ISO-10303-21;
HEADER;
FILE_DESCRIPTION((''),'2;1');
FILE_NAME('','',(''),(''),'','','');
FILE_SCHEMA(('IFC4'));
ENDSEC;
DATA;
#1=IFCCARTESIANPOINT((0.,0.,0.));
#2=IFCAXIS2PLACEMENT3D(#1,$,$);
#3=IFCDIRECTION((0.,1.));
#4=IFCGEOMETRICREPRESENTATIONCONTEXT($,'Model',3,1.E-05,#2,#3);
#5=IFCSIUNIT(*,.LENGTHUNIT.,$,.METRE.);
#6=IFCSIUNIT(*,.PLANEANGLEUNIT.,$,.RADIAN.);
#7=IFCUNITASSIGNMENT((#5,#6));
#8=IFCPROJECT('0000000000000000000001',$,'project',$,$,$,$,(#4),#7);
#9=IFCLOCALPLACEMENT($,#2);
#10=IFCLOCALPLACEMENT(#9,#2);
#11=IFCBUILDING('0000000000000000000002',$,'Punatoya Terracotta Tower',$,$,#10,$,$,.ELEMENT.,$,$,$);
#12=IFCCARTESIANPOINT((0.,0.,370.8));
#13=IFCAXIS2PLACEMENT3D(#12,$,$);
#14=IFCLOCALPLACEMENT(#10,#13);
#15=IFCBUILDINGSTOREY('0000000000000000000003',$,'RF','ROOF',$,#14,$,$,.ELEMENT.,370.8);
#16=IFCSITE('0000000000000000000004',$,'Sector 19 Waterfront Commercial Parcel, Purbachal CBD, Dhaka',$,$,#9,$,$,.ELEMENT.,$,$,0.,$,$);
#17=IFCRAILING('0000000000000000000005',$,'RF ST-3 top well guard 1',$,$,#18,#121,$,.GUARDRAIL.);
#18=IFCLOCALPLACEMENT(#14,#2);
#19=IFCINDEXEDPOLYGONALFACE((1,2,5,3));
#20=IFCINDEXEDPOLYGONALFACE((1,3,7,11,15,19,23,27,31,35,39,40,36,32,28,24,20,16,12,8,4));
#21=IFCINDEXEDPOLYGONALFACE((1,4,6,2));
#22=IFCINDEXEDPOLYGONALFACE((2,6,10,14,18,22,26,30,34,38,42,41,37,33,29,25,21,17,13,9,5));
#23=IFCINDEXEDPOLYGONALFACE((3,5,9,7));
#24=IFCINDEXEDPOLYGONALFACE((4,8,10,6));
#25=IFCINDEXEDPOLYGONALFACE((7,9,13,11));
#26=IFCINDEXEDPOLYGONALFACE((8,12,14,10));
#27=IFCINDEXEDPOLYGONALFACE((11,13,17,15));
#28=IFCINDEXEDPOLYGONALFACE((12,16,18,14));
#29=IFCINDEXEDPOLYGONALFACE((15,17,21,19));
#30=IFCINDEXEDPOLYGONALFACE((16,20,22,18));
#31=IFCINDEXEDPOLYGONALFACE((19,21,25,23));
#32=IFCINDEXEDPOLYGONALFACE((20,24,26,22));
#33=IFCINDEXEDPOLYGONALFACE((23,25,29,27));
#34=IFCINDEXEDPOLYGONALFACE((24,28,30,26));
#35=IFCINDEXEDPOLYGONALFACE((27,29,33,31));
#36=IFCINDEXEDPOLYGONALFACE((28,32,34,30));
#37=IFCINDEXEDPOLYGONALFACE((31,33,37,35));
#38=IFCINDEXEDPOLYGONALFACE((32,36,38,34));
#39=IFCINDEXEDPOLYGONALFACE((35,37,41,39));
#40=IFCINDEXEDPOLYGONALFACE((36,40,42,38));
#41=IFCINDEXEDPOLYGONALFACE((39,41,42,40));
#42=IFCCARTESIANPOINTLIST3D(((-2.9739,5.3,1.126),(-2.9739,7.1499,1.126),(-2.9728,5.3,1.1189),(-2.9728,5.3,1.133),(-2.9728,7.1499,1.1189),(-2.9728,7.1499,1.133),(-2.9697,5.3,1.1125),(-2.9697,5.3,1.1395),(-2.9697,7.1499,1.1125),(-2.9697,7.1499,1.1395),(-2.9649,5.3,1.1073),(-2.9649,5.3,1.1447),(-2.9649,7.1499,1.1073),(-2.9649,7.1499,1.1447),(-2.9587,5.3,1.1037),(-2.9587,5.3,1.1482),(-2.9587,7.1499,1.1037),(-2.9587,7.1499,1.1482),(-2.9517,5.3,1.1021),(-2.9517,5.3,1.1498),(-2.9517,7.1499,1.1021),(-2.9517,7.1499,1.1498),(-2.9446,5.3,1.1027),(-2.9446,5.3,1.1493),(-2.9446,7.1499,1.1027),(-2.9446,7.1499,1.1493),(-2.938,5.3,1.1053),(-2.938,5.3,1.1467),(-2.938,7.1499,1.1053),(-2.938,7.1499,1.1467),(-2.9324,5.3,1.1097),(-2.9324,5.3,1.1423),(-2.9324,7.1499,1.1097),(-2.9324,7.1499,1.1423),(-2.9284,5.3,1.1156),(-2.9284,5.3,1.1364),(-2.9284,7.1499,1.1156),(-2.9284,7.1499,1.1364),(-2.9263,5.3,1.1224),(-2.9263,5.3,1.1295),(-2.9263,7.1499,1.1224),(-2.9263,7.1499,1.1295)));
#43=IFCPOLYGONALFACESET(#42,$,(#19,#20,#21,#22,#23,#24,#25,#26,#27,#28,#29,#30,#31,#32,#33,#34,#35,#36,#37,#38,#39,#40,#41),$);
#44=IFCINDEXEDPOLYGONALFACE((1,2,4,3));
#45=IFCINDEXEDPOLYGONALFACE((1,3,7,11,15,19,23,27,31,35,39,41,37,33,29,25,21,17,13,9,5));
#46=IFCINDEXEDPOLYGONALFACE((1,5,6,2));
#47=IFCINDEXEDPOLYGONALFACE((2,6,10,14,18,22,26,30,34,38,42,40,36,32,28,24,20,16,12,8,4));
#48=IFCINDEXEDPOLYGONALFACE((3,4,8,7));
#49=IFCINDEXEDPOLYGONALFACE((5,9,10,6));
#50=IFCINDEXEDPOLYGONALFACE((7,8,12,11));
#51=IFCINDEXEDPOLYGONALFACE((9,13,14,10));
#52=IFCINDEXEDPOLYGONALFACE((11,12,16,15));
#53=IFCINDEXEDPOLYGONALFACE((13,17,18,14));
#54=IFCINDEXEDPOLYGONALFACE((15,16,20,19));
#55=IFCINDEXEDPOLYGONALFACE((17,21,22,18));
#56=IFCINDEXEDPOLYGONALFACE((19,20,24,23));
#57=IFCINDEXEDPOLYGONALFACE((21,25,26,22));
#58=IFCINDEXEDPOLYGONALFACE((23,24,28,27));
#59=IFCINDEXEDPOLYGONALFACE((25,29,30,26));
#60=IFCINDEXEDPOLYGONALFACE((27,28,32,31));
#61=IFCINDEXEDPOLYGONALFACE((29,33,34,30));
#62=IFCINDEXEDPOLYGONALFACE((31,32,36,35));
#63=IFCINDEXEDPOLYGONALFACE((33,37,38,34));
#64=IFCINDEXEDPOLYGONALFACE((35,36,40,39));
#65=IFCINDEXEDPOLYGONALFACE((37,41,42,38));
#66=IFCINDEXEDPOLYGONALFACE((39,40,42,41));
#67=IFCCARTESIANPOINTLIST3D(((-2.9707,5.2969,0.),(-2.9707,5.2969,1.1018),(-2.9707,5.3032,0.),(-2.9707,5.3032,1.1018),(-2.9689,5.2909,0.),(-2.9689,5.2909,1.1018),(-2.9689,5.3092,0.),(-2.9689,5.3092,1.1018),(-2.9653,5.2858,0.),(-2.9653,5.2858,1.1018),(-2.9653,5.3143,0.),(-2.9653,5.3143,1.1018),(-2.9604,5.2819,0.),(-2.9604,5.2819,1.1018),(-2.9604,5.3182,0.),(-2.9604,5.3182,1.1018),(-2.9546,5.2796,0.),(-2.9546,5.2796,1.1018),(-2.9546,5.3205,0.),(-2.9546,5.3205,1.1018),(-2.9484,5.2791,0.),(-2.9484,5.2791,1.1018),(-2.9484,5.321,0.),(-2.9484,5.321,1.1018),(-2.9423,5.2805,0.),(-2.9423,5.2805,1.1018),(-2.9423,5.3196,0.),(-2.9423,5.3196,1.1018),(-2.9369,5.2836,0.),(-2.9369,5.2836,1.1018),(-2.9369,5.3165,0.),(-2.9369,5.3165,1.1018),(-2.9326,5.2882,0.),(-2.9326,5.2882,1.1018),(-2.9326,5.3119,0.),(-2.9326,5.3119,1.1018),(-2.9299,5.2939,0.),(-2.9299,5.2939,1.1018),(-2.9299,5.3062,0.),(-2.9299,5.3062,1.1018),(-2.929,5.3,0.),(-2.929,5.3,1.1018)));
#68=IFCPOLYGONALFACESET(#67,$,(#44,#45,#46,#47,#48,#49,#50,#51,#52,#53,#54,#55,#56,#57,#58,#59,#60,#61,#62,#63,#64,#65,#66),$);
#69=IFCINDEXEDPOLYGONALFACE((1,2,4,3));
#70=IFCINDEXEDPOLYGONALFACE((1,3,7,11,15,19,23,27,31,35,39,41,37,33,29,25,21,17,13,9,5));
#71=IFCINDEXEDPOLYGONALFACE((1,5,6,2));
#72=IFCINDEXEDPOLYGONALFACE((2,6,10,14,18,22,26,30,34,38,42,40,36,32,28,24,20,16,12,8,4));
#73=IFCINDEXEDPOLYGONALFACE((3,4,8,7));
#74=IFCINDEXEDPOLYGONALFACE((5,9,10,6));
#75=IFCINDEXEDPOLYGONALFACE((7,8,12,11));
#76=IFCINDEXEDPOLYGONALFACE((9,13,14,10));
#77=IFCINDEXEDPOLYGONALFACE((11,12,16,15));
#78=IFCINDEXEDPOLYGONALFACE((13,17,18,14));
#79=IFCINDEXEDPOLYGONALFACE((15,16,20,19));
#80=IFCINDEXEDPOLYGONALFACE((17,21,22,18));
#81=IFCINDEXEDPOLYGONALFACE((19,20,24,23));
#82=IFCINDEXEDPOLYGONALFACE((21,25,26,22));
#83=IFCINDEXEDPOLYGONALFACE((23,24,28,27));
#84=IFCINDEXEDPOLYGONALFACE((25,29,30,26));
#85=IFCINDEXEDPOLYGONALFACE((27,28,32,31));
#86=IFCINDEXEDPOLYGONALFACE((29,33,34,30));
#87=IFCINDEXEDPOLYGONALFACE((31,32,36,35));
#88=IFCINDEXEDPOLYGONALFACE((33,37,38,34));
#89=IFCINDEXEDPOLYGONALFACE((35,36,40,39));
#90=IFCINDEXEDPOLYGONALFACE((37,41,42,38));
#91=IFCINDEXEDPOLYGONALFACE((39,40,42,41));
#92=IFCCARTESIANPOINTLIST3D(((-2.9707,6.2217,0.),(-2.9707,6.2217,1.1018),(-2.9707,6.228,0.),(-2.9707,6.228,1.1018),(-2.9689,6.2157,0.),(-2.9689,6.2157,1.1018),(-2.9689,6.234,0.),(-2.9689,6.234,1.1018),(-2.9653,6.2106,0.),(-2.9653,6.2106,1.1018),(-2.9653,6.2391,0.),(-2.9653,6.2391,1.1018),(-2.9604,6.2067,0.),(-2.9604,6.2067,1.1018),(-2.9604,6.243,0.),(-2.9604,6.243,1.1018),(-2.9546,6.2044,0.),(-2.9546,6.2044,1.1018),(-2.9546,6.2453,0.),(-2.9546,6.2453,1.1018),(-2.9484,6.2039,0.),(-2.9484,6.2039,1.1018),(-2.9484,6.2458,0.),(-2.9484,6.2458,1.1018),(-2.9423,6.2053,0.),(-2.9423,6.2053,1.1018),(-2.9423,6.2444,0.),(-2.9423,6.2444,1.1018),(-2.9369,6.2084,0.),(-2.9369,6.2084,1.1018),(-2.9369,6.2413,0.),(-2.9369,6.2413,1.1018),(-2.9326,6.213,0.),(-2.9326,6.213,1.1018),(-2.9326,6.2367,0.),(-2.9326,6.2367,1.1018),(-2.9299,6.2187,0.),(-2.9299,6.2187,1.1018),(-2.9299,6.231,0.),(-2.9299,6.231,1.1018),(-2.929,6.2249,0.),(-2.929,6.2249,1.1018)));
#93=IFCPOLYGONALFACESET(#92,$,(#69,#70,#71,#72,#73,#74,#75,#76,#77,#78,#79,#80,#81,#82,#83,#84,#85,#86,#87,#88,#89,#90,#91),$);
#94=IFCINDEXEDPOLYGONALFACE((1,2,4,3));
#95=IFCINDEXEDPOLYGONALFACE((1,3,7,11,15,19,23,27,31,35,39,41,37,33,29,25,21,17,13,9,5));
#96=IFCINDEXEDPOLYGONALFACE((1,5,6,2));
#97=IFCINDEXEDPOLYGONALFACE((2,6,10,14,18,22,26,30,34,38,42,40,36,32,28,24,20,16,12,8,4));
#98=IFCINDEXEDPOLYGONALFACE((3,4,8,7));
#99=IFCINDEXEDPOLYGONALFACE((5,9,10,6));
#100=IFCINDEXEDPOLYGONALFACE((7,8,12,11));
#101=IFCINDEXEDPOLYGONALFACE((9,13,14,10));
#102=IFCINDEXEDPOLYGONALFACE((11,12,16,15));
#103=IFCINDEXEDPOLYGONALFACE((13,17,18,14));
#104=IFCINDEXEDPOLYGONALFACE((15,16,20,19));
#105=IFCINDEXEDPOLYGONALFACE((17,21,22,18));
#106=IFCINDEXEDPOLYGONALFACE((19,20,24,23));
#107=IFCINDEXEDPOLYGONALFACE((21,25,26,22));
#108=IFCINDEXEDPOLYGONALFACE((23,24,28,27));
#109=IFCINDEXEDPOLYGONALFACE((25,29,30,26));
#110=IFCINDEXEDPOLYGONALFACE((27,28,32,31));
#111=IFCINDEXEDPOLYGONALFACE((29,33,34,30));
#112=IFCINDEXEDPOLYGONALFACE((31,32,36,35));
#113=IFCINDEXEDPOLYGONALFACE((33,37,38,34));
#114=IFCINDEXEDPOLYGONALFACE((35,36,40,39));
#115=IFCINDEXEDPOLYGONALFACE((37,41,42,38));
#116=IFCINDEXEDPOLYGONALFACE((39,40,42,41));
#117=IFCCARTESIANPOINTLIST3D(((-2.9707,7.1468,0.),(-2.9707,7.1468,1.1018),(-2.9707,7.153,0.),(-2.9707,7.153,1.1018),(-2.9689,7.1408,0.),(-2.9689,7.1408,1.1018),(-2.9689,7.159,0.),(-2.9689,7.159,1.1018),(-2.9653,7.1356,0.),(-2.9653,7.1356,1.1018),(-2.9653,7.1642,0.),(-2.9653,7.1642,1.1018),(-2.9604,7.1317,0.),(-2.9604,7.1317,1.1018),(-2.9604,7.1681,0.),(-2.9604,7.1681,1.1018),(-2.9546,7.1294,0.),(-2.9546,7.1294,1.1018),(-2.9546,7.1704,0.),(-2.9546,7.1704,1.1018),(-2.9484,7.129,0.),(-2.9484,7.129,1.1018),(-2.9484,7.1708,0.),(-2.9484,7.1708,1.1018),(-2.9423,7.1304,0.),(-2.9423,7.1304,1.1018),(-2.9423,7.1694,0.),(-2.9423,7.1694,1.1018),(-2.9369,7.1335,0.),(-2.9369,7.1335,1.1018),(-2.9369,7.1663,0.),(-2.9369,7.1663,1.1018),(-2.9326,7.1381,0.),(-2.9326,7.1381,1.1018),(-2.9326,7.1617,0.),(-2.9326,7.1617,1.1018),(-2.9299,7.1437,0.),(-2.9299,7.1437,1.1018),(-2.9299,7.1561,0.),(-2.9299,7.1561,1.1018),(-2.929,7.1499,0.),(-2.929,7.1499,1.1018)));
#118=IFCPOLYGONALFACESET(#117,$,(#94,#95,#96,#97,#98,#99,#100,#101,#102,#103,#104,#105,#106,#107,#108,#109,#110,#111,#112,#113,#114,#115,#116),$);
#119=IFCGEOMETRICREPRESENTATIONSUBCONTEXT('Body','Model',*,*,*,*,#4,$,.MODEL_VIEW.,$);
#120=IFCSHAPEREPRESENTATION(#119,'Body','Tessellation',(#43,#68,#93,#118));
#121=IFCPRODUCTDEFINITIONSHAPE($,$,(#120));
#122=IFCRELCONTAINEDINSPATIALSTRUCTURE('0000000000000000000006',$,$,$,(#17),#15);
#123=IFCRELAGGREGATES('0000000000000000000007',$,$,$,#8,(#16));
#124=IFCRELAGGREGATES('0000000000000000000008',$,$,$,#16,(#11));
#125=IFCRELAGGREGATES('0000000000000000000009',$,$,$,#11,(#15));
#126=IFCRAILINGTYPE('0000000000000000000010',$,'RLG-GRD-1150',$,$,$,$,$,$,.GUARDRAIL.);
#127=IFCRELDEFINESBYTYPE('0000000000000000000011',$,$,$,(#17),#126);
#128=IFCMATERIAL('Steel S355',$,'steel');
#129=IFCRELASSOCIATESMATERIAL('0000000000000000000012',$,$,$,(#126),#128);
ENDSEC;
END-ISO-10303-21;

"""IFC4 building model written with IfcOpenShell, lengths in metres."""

from ifc_helpers import new_model, si_unit, direction, frame, origin, origin_2d, place, context, subcontext, project, spatial, circle, extrude, material, type_object, element, save


model = new_model("IFC4")

# Units and contexts
model_context = context("Model", 3, precision=1e-05, world=origin(), true_north=direction((0.0, 1.0)))
body_context = subcontext(model_context, "Body", "Model", "MODEL_VIEW")
ifc_project = project(units=[si_unit("LENGTHUNIT", "METRE"), si_unit("PLANEANGLEUNIT", "RADIAN")], contexts=[model_context])

# Site, building, storey
site_placement = place(None, origin())
site = spatial("IfcSite", under=ifc_project, at=site_placement, Name="Sector 19 Waterfront Commercial Parcel, Purbachal CBD, Dhaka", CompositionType="ELEMENT", RefElevation=0.0)
building_placement = place(site_placement, origin())
building = spatial("IfcBuilding", under=site, at=building_placement, Name="Punatoya Terracotta Tower", CompositionType="ELEMENT")
storey_placement = place(building_placement, frame((0.0, 0.0, 370.8)))
storey = spatial("IfcBuildingStorey", under=building, at=storey_placement, Name="RF", Description="ROOF", CompositionType="ELEMENT", Elevation=370.8)

# Shared definitions
ifc_material_1 = material(Name="Steel S355", Category="steel")

# Railing
railing_type = type_object("IfcRailingType", Name="RLG-GRD-1150", PredefinedType="GUARDRAIL", material=ifc_material_1)
railing_1_placement = place(storey_placement, frame((-2.95, 5.3, 0.0)))
element("IfcRailing", 1, at=railing_1_placement, inside=storey, type_object=railing_type, Name="RF ST-3 top well guard 1", PredefinedType="GUARDRAIL", context=body_context, shape_type="SweptSolid", body=[
    extrude(circle(Radius=0.0239, at=origin_2d()), frame((0.0, 0.0, 1.126), z_axis=(0.0, 1.0, 0.0), x_axis=(-1.0, 0.0, 0.0)), (0.0, 0.0, 1.0), 1.8499),
    extrude(circle(Radius=0.021, at=origin_2d()), origin(), (0.0, 0.0, 1.0), 1.1018),
    extrude(circle(Radius=0.021, at=origin_2d()), frame((0.0, 0.9248, 0.0)), (0.0, 0.0, 1.0), 1.1018),
    extrude(circle(Radius=0.021, at=origin_2d()), frame((0.0, 1.8499, 0.0)), (0.0, 0.0, 1.0), 1.1018),
])

save(model, "model.ifc")
